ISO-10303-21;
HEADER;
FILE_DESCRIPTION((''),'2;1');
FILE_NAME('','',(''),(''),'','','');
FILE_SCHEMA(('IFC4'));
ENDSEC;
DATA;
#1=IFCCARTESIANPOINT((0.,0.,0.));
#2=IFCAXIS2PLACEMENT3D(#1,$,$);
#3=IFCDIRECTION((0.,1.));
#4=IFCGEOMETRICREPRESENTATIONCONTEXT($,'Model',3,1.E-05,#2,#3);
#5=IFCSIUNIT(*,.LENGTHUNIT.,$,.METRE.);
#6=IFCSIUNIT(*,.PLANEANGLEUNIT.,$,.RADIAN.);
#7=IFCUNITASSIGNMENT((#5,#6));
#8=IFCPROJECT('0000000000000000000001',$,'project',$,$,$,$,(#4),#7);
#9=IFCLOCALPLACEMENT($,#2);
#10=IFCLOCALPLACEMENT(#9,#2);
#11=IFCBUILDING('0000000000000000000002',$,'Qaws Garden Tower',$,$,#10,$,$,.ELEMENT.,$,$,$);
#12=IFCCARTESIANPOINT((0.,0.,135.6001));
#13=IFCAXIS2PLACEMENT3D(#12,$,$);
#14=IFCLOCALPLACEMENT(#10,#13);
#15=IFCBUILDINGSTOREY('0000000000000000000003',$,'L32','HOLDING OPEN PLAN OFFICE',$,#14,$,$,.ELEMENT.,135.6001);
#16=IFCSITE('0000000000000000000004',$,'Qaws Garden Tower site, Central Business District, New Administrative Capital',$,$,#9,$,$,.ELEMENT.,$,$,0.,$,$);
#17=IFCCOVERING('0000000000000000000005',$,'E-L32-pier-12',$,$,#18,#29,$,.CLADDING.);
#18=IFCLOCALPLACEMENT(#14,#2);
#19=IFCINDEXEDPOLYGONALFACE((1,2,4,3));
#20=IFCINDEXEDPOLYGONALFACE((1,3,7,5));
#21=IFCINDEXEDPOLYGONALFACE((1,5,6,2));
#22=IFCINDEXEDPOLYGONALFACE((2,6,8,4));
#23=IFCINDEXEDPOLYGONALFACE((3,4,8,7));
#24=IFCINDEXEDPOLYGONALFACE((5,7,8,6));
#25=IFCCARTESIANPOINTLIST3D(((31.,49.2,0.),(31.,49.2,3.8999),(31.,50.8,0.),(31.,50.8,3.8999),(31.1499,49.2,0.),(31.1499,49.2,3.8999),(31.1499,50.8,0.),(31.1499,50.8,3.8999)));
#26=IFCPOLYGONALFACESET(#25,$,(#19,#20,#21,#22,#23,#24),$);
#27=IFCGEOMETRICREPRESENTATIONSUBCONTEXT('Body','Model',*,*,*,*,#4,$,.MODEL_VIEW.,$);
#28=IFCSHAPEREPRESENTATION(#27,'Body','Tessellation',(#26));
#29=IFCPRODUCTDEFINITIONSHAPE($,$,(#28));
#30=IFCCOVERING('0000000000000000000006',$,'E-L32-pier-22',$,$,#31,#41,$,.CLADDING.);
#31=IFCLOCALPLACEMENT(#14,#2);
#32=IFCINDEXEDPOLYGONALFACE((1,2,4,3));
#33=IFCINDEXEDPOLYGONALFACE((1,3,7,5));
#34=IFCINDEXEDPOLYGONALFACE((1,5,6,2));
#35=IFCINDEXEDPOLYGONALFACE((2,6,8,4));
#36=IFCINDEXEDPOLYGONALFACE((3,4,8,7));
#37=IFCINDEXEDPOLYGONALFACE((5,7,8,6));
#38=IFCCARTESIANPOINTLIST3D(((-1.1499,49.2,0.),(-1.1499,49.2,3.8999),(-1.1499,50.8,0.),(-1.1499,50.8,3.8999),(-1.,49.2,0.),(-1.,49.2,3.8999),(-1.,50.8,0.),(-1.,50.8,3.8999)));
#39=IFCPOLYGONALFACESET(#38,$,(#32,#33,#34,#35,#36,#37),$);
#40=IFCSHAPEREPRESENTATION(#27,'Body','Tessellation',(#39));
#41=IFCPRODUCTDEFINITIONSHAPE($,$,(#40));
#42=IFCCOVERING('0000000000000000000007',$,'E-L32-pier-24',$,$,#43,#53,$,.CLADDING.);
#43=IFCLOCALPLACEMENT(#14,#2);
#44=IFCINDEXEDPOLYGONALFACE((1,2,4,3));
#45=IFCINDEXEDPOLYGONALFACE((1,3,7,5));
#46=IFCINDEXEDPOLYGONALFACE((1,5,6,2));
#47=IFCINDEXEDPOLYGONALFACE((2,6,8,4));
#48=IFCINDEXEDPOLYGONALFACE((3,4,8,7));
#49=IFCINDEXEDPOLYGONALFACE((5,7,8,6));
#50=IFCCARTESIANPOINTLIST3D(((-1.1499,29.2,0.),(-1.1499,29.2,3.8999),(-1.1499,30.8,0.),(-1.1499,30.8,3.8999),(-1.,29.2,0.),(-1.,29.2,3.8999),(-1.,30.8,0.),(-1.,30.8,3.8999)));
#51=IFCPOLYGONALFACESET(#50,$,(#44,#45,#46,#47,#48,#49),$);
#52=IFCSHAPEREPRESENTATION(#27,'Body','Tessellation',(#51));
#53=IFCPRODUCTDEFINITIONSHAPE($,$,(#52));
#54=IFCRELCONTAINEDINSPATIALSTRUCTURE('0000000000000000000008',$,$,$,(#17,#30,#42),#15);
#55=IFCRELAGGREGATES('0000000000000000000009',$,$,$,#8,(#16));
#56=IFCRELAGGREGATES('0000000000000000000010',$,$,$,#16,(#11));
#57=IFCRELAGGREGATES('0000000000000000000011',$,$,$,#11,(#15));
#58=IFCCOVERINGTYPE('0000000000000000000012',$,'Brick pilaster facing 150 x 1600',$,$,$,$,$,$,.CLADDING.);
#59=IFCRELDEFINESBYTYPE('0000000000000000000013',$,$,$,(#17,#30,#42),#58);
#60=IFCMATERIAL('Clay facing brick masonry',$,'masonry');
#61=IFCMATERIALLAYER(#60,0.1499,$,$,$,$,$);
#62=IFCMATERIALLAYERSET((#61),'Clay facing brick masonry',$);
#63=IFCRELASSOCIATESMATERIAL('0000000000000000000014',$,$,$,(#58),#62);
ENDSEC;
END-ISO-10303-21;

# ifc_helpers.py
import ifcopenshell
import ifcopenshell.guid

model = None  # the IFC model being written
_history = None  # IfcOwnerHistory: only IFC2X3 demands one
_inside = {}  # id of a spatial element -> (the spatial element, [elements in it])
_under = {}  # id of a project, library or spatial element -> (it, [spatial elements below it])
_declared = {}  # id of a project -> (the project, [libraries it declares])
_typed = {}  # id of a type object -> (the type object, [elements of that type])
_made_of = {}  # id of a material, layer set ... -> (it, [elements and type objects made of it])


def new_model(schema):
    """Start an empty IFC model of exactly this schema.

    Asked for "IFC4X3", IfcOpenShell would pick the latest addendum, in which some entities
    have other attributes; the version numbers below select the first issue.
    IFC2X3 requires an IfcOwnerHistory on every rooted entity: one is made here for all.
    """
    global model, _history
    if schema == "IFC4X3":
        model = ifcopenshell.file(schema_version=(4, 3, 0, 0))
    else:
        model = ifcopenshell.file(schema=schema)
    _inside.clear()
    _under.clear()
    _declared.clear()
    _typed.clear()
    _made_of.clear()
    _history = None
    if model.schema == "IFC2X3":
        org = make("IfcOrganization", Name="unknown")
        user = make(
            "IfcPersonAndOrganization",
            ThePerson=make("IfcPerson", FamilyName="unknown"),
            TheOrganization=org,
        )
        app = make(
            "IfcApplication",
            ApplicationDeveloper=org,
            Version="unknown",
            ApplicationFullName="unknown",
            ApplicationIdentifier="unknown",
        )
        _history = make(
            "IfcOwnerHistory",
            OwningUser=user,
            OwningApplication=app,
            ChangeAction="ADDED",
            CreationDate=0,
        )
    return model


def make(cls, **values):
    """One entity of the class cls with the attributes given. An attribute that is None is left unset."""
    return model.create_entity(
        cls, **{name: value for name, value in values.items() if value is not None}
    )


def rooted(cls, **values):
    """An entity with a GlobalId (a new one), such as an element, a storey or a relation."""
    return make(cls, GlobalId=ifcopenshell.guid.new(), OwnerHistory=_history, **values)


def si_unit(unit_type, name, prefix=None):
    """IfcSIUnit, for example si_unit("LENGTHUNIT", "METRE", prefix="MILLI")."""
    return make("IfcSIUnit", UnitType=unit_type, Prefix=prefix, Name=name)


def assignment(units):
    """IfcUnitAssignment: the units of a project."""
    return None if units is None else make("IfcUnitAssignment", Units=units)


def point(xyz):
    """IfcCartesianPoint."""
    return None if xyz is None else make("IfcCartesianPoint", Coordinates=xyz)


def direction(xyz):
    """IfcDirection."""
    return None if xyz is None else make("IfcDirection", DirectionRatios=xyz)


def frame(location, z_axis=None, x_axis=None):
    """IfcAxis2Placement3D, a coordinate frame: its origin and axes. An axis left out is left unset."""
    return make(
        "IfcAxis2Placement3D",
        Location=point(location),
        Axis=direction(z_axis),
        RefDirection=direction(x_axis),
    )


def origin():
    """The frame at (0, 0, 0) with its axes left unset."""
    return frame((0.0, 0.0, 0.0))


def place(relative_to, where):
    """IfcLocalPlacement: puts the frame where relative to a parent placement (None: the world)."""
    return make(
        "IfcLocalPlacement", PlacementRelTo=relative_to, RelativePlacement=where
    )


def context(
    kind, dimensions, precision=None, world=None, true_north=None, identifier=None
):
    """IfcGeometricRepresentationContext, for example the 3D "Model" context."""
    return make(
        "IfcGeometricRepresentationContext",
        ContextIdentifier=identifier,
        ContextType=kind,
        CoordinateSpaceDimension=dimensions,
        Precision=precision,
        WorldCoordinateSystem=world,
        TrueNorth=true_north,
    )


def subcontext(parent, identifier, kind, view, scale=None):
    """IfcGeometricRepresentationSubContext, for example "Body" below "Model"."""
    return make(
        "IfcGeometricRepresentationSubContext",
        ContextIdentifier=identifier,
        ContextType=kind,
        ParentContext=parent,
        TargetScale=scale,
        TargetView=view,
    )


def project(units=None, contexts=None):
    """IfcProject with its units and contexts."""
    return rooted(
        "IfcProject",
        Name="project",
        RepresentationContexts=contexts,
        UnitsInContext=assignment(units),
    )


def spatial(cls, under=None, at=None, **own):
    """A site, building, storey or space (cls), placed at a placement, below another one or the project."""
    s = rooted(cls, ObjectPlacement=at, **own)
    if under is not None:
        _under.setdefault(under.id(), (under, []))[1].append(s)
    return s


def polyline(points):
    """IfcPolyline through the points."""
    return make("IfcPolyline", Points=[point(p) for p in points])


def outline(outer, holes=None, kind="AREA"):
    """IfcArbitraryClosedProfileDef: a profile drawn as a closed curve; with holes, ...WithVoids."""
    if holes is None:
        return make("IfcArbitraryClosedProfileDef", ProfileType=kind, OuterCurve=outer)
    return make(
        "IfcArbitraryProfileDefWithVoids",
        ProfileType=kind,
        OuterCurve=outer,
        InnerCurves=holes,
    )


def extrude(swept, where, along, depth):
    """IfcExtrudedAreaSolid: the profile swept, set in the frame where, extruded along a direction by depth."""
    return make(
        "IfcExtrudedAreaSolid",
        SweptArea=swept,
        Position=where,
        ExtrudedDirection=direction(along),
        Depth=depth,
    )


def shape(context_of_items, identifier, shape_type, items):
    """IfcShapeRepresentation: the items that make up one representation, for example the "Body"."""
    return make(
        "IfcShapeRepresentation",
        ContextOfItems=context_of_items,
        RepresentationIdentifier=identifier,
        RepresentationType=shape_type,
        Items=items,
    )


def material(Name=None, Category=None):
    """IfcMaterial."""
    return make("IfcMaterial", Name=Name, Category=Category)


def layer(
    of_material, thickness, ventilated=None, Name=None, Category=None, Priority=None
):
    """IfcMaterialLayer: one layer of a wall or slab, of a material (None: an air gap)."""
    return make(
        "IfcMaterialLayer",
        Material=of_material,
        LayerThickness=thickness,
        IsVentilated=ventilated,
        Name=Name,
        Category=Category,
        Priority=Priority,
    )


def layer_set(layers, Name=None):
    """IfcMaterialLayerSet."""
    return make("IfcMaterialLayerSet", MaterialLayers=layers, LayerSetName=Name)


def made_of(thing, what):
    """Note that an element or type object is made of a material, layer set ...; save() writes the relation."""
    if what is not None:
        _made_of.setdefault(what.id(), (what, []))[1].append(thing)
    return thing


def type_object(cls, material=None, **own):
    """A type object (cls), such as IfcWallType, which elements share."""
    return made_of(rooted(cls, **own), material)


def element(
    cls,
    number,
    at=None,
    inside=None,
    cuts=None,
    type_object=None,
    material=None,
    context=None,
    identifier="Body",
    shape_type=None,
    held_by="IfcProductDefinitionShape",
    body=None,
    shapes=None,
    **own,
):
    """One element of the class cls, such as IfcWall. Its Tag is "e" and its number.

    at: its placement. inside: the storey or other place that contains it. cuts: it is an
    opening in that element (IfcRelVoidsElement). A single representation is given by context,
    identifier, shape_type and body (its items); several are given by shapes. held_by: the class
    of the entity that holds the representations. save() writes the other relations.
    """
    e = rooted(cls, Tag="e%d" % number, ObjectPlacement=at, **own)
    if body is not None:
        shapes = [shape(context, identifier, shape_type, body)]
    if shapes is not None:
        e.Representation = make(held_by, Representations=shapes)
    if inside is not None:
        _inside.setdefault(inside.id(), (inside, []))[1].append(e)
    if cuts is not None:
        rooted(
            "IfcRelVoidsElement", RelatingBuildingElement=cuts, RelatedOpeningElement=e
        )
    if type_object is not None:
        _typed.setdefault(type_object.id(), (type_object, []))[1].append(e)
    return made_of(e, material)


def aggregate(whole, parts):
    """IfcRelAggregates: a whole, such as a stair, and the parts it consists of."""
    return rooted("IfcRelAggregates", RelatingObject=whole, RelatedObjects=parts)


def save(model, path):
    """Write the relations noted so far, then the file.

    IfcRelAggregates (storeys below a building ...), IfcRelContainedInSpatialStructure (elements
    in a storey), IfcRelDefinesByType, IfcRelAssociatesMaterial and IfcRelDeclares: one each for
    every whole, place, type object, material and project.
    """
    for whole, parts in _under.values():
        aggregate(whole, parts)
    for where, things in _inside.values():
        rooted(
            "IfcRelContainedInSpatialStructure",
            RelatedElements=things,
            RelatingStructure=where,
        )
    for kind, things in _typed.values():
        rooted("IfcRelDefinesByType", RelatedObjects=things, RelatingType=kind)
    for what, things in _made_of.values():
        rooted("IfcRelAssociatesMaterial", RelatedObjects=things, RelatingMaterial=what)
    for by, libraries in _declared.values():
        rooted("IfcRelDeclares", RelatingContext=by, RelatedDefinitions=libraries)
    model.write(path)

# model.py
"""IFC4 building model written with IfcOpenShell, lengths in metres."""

from ifc_helpers import new_model, si_unit, direction, frame, origin, place, context, subcontext, project, spatial, polyline, outline, extrude, material, layer, layer_set, type_object, element, save


model = new_model("IFC4")

# Units and contexts
model_context = context("Model", 3, precision=1e-05, world=origin(), true_north=direction((0.0, 1.0)))
body_context = subcontext(model_context, "Body", "Model", "MODEL_VIEW")
ifc_project = project(units=[si_unit("LENGTHUNIT", "METRE"), si_unit("PLANEANGLEUNIT", "RADIAN")], contexts=[model_context])

# Site, building, storey
site_placement = place(None, origin())
site = spatial("IfcSite", under=ifc_project, at=site_placement, Name="Qaws Garden Tower site, Central Business District, New Administrative Capital", CompositionType="ELEMENT", RefElevation=0.0)
building_placement = place(site_placement, origin())
building = spatial("IfcBuilding", under=site, at=building_placement, Name="Qaws Garden Tower", CompositionType="ELEMENT")
storey_placement = place(building_placement, frame((0.0, 0.0, 135.6001)))
storey = spatial("IfcBuildingStorey", under=building, at=storey_placement, Name="L32", Description="HOLDING OPEN PLAN OFFICE", CompositionType="ELEMENT", Elevation=135.6001)

# Shared definitions
placement = place(storey_placement, origin())

# Coverings
ifc_material_1 = material(Name="Clay facing brick masonry", Category="masonry")
ifc_layer_1 = layer(ifc_material_1, 0.1499)
ifc_layer_set_1 = layer_set([ifc_layer_1], Name="Clay facing brick masonry")
covering_type = type_object("IfcCoveringType", Name="Brick pilaster facing 150 x 1600", PredefinedType="CLADDING", material=ifc_layer_set_1)
element("IfcCovering", 1, at=placement, inside=storey, type_object=covering_type, Name="E-L32-pier-12", PredefinedType="CLADDING", context=body_context, shape_type="SweptSolid", body=[
    extrude(outline(polyline([(31.0, 49.2), (31.0, 50.8), (31.1499, 50.8), (31.1499, 49.2), (31.0, 49.2)])), origin(), (0.0, 0.0, 1.0), 3.8999),
])
element("IfcCovering", 2, at=placement, inside=storey, type_object=covering_type, Name="E-L32-pier-22", PredefinedType="CLADDING", context=body_context, shape_type="SweptSolid", body=[
    extrude(outline(polyline([(-1.0, 50.8), (-1.0, 49.2), (-1.1499, 49.2), (-1.1499, 50.8), (-1.0, 50.8)])), origin(), (0.0, 0.0, 1.0), 3.8999),
])
element("IfcCovering", 3, at=placement, inside=storey, type_object=covering_type, Name="E-L32-pier-24", PredefinedType="CLADDING", context=body_context, shape_type="SweptSolid", body=[
    extrude(outline(polyline([(-1.0, 30.8), (-1.0, 29.2), (-1.1499, 29.2), (-1.1499, 30.8), (-1.0, 30.8)])), origin(), (0.0, 0.0, 1.0), 3.8999),
])

save(model, "model.ifc")
